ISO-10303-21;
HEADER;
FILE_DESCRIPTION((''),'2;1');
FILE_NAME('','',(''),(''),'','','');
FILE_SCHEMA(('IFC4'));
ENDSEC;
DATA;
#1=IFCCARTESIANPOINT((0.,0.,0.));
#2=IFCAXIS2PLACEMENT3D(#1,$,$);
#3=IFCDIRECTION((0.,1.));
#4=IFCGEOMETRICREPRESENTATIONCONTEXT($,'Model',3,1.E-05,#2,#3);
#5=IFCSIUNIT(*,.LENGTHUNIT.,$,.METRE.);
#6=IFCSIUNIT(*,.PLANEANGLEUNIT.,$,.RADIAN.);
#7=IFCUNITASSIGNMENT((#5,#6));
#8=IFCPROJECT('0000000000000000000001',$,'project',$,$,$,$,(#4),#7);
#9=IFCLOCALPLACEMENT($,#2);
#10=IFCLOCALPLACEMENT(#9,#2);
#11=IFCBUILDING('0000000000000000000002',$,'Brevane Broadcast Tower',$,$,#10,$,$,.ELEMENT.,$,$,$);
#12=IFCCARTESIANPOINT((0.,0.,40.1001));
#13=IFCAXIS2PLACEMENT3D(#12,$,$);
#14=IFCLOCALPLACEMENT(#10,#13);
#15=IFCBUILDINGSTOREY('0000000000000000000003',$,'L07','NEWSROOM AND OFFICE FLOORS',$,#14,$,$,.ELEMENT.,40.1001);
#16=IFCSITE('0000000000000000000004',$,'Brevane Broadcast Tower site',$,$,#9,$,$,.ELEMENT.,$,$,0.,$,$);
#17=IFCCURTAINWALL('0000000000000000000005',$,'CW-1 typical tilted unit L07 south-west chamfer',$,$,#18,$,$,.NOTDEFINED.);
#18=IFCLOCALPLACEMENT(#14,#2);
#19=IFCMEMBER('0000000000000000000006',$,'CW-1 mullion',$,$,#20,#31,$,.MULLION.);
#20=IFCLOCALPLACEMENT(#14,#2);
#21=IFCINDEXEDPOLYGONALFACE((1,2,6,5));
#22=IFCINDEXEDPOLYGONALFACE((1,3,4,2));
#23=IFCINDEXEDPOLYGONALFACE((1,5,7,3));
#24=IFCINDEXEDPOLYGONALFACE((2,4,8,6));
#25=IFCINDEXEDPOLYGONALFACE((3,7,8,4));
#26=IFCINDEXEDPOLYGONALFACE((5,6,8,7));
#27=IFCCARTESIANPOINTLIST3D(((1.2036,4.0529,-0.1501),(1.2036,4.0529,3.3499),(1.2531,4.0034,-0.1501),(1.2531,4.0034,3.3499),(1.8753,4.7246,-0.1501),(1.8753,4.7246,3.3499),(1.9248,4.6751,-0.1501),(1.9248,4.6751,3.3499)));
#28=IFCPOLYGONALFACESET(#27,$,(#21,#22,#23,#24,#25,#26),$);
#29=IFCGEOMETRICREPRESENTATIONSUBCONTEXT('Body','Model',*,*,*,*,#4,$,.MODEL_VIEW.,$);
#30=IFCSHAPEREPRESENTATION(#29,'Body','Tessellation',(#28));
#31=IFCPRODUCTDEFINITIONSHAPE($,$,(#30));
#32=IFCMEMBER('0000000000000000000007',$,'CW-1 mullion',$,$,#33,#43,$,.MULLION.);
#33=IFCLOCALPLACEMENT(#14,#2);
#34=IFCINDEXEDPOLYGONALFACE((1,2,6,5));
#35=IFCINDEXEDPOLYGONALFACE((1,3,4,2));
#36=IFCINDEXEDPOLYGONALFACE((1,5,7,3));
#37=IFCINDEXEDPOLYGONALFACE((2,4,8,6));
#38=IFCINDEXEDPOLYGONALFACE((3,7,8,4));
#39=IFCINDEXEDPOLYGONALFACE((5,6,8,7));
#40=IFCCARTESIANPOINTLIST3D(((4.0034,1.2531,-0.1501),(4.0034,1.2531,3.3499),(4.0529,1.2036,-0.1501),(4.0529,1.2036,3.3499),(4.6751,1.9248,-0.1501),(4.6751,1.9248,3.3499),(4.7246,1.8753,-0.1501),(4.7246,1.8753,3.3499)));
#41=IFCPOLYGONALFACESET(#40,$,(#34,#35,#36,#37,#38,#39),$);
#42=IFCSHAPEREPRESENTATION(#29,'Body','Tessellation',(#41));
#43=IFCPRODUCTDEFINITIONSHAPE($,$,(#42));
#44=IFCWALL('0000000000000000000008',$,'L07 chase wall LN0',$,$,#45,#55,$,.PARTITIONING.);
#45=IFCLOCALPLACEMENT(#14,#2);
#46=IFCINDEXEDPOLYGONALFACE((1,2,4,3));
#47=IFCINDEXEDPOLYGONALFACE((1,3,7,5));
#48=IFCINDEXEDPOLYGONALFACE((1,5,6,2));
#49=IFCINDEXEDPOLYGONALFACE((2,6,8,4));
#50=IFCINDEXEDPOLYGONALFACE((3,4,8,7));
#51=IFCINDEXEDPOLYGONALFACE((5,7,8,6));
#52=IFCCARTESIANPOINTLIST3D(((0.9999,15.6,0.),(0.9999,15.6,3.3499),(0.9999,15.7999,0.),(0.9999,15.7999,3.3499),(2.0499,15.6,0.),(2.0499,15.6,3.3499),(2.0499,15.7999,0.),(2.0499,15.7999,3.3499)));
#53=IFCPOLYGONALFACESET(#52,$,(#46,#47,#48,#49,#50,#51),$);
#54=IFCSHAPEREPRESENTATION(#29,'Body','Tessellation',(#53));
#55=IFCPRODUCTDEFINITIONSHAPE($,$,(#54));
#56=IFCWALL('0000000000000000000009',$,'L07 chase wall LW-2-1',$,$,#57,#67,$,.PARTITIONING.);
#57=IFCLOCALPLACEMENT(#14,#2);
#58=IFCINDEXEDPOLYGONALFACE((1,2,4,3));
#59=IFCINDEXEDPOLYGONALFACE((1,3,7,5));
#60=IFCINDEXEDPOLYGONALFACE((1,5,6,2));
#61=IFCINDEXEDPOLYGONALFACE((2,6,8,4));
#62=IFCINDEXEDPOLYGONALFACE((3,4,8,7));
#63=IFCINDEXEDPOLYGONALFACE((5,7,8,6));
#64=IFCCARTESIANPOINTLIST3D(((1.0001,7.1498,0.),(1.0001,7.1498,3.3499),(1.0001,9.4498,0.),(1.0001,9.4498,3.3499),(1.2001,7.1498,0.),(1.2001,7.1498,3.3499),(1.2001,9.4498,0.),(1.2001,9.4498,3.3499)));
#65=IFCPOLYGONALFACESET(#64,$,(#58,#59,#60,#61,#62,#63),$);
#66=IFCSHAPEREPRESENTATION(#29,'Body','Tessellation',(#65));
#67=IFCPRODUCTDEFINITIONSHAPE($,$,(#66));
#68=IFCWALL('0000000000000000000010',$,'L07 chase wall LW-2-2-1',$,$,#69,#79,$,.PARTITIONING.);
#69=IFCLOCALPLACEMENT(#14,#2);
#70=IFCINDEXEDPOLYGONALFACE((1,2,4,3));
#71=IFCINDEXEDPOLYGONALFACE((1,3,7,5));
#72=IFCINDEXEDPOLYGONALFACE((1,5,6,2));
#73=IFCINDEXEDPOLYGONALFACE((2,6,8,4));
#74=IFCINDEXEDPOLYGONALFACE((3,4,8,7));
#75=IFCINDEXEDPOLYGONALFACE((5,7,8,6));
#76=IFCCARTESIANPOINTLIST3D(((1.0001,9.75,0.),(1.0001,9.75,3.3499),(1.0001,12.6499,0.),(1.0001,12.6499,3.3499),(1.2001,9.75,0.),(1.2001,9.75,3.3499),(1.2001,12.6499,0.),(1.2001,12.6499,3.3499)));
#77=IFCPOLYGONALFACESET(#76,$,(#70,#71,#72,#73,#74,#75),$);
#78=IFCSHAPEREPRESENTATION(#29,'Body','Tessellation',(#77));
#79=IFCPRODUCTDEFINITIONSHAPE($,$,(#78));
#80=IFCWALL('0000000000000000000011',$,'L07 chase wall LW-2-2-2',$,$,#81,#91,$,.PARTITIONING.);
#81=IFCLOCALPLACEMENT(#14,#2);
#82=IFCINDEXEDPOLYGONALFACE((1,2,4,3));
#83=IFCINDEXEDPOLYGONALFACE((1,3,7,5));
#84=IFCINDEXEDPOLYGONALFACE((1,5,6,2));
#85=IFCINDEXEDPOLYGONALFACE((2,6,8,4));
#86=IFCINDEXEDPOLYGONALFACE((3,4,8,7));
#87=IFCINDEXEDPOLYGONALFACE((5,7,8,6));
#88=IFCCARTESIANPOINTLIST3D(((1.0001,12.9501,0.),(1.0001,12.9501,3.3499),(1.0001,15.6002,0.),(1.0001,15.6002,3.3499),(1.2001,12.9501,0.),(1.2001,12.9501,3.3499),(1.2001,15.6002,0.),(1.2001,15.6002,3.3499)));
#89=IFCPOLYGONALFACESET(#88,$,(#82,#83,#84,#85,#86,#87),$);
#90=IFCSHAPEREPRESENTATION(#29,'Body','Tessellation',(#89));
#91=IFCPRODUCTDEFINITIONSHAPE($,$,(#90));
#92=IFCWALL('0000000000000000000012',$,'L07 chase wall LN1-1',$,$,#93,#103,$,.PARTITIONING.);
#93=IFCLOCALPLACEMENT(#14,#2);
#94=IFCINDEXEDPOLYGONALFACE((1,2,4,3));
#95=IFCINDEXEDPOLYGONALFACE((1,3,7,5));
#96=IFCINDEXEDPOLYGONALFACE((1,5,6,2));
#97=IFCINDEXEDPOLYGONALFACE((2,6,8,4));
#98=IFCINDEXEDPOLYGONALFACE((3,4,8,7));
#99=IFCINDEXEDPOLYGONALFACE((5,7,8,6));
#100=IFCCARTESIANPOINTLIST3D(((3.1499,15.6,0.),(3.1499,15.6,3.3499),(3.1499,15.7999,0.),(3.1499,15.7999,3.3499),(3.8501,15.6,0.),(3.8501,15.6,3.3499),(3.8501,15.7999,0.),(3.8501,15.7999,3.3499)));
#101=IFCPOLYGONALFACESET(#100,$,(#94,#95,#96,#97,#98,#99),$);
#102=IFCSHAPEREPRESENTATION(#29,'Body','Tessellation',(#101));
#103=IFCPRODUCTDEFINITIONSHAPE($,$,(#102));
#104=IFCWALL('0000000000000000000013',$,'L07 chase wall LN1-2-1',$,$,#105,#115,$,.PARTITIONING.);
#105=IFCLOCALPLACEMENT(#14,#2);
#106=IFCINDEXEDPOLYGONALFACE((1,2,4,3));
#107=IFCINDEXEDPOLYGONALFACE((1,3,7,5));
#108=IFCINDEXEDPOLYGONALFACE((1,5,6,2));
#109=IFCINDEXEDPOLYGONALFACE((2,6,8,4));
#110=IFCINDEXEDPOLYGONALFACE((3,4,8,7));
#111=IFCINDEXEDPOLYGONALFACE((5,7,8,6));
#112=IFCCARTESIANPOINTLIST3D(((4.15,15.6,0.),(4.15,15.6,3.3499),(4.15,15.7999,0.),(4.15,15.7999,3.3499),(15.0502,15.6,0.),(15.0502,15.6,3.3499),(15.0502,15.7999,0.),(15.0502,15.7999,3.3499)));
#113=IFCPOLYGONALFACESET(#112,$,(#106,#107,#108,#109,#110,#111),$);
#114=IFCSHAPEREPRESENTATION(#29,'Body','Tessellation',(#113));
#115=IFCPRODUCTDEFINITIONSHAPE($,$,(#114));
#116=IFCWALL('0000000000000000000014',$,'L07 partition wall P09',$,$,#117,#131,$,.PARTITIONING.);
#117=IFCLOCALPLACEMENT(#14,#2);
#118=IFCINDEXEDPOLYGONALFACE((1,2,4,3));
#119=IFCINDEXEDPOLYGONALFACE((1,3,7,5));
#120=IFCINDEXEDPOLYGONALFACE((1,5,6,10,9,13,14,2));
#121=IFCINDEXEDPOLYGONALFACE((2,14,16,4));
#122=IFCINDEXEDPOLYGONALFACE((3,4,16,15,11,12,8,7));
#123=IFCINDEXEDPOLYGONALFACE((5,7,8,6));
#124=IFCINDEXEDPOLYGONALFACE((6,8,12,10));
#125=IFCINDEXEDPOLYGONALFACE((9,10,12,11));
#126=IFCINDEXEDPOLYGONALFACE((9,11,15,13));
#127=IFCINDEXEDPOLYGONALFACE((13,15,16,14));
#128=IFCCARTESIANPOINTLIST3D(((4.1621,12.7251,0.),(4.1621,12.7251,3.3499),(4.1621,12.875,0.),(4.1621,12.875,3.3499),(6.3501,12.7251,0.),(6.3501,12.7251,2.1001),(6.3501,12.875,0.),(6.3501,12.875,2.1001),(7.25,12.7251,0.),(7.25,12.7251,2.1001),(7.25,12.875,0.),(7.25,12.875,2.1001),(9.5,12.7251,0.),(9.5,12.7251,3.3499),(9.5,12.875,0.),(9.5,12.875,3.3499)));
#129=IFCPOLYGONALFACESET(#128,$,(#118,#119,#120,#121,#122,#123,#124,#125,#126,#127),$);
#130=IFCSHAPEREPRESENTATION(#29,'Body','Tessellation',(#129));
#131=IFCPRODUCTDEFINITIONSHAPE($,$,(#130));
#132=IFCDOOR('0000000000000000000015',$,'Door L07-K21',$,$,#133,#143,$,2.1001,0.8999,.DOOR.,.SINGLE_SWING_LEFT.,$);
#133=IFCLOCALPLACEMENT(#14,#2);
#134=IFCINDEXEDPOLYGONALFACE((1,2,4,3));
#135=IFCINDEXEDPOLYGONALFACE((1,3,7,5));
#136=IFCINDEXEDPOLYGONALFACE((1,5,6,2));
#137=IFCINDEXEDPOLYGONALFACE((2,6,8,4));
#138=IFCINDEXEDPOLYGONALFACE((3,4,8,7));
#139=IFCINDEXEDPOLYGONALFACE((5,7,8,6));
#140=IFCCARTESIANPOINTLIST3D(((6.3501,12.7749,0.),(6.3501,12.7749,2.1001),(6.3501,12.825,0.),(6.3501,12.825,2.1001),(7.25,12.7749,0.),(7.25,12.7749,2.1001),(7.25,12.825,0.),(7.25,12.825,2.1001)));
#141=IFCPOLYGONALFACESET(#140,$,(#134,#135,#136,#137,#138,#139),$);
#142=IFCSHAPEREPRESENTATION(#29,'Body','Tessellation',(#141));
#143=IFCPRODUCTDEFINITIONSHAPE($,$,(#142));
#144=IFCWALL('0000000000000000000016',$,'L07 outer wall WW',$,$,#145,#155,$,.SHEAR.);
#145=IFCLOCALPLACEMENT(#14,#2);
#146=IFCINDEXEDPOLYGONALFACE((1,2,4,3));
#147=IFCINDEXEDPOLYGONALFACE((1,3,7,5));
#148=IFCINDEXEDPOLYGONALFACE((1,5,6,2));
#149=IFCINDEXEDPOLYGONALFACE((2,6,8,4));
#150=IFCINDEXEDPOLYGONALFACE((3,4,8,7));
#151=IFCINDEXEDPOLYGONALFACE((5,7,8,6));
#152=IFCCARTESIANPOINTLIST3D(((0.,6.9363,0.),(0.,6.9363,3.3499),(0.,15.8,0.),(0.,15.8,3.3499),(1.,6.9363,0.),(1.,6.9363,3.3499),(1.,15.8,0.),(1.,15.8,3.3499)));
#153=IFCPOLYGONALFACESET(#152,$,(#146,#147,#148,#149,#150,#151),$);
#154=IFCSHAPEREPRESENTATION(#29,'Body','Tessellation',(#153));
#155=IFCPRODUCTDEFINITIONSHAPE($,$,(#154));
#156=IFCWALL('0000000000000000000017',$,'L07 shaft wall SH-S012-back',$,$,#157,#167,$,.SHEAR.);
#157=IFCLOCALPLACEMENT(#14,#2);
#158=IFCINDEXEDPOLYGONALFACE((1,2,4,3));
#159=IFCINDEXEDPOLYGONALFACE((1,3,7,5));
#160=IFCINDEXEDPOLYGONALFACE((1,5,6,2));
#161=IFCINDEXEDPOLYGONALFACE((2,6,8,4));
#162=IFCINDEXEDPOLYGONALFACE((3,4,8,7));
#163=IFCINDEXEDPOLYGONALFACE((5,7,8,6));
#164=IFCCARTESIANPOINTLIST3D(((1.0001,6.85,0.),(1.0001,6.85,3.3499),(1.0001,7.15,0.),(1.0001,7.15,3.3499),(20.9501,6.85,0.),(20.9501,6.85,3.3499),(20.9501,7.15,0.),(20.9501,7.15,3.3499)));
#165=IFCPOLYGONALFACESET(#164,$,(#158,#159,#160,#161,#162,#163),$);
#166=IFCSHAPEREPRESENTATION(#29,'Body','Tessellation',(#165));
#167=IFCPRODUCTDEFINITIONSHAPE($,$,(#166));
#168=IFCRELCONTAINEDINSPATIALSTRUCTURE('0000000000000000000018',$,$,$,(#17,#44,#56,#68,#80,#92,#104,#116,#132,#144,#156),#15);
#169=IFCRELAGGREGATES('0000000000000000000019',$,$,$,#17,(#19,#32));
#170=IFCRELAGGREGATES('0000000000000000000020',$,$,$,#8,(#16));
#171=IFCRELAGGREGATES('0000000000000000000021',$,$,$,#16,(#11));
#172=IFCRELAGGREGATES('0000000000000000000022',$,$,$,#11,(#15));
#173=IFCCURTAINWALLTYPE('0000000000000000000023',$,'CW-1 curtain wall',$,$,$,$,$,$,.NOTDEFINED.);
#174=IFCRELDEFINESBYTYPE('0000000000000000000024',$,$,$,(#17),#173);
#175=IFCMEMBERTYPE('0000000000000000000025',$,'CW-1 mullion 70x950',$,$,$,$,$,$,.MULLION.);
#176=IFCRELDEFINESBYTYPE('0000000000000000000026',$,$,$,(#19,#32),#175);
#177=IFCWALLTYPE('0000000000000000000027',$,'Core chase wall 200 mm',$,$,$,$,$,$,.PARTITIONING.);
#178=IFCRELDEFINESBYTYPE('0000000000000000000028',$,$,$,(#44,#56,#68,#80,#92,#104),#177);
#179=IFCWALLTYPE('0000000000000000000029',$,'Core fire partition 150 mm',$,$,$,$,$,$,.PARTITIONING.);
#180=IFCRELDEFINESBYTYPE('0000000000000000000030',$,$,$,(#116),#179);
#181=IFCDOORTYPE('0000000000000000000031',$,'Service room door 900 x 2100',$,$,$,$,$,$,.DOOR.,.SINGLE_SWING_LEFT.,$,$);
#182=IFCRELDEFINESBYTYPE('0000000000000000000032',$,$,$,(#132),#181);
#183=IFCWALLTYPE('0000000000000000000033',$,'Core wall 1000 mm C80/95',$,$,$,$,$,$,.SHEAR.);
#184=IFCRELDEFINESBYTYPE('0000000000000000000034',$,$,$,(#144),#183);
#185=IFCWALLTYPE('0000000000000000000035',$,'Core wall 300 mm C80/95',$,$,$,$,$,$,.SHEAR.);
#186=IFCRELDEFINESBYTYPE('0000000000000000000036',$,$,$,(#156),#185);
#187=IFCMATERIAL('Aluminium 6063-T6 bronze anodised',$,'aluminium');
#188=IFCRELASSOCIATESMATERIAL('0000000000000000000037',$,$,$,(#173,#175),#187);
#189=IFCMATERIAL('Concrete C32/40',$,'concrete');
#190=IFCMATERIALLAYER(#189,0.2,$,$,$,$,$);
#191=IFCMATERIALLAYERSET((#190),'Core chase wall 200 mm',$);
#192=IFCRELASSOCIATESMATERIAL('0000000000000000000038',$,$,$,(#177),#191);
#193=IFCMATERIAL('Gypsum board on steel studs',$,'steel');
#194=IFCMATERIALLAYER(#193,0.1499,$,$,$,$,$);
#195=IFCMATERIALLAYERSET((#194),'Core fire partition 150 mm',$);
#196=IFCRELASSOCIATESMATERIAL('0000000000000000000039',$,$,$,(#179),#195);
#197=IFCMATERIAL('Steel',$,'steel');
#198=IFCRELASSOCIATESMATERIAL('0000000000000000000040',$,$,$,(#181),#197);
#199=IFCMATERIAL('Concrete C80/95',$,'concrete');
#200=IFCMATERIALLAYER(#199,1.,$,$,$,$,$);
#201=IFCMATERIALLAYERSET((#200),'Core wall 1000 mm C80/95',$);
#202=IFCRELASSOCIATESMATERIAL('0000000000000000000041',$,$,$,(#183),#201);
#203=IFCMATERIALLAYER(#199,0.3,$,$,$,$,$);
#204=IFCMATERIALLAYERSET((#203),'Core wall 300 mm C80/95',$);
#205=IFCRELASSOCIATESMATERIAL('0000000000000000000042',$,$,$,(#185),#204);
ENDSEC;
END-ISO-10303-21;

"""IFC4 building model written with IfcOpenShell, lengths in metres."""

from ifc_helpers import new_model, si_unit, direction, frame, frame_2d, origin, origin_2d, place, context, subcontext, project, spatial, rectangle, extrude, material, layer, layer_set, material_profile, profile_set, type_object, element, fill, aggregate, save


model = new_model("IFC4")

# Units and contexts
model_context = context("Model", 3, precision=1e-05, world=origin(), true_north=direction((0.0, 1.0)))
body_context = subcontext(model_context, "Body", "Model", "MODEL_VIEW")
ifc_project = project(units=[si_unit("LENGTHUNIT", "METRE"), si_unit("PLANEANGLEUNIT", "RADIAN")], contexts=[model_context])

# Site, building, storey
site_placement = place(None, origin())
site = spatial("IfcSite", under=ifc_project, at=site_placement, Name="Brevane Broadcast Tower site", CompositionType="ELEMENT", RefElevation=0.0)
building_placement = place(site_placement, origin())
building = spatial("IfcBuilding", under=site, at=building_placement, Name="Brevane Broadcast Tower", CompositionType="ELEMENT")
storey_placement = place(building_placement, frame((0.0, 0.0, 40.1001)))
storey = spatial("IfcBuildingStorey", under=building, at=storey_placement, Name="L07", Description="NEWSROOM AND OFFICE FLOORS", CompositionType="ELEMENT", Elevation=40.1001)

# Curtain wall, members
ifc_material_1 = material(Name="Aluminium 6063-T6 bronze anodised", Category="aluminium")
curtain_wall_type = type_object("IfcCurtainWallType", Name="CW-1 curtain wall", PredefinedType="NOTDEFINED", material=ifc_material_1)
curtain_wall_placement = place(storey_placement, origin())
curtain_wall = element("IfcCurtainWall", 1, at=curtain_wall_placement, inside=storey, type_object=curtain_wall_type, Name="CW-1 typical tilted unit L07 south-west chamfer", PredefinedType="NOTDEFINED")
ifc_material_profile = material_profile(ifc_material_1, rectangle(XDim=0.95, YDim=0.0701, at=origin_2d()), Name="RECT 70x950")
ifc_profile_set = profile_set([ifc_material_profile], Name="Aluminium 6063-T6 bronze anodised")
member_type = type_object("IfcMemberType", Name="CW-1 mullion 70x950", PredefinedType="MULLION", material=ifc_profile_set)
member_1_placement = place(storey_placement, frame((1.5642, 4.364, -0.1501), z_axis=(0.0, 0.0, 1.0), x_axis=(0.707107, 0.707107, 0.0)))
member_1 = element("IfcMember", 2, at=member_1_placement, type_object=member_type, Name="CW-1 mullion", PredefinedType="MULLION", context=body_context, shape_type="SweptSolid", body=[
    extrude(rectangle(XDim=0.95, YDim=0.0701, at=origin_2d()), origin(), (0.0, 0.0, 1.0), 3.5),
])
member_2_placement = place(storey_placement, frame((4.364, 1.5642, -0.1501), z_axis=(0.0, 0.0, 1.0), x_axis=(0.707107, 0.707107, 0.0)))
member_2 = element("IfcMember", 3, at=member_2_placement, type_object=member_type, Name="CW-1 mullion", PredefinedType="MULLION", context=body_context, shape_type="SweptSolid", body=[
    extrude(rectangle(XDim=0.95, YDim=0.0701, at=origin_2d()), origin(), (0.0, 0.0, 1.0), 3.5),
])
aggregate(curtain_wall, [member_1, member_2])

# Walls
ifc_material_2 = material(Name="Concrete C32/40", Category="concrete")
ifc_layer_1 = layer(ifc_material_2, 0.2)
ifc_layer_set_1 = layer_set([ifc_layer_1], Name="Core chase wall 200 mm")
wall_type_1 = type_object("IfcWallType", Name="Core chase wall 200 mm", PredefinedType="PARTITIONING", material=ifc_layer_set_1)
wall_1_placement = place(storey_placement, frame((1.0, 15.7, 0.0), z_axis=(0.0, 0.0, 1.0), x_axis=(1.0, 0.0, 0.0)))
element("IfcWall", 4, at=wall_1_placement, inside=storey, type_object=wall_type_1, Name="L07 chase wall LN0", PredefinedType="PARTITIONING", context=body_context, shape_type="SweptSolid", body=[
    extrude(rectangle(XDim=1.05, YDim=0.2, at=frame_2d((0.5249, 0.0))), origin(), (0.0, 0.0, 1.0), 3.3499),
])
wall_2_placement = place(storey_placement, frame((1.1001, 7.1499, 0.0), z_axis=(0.0, 0.0, 1.0), x_axis=(0.0, 1.0, 0.0)))
element("IfcWall", 5, at=wall_2_placement, inside=storey, type_object=wall_type_1, Name="L07 chase wall LW-2-1", PredefinedType="PARTITIONING", context=body_context, shape_type="SweptSolid", body=[
    extrude(rectangle(XDim=2.3, YDim=0.2, at=frame_2d((1.1499, 0.0))), origin(), (0.0, 0.0, 1.0), 3.3499),
])
wall_3_placement = place(storey_placement, frame((1.1001, 9.75, 0.0), z_axis=(0.0, 0.0, 1.0), x_axis=(0.0, 1.0, 0.0)))
element("IfcWall", 6, at=wall_3_placement, inside=storey, type_object=wall_type_1, Name="L07 chase wall LW-2-2-1", PredefinedType="PARTITIONING", context=body_context, shape_type="SweptSolid", body=[
    extrude(rectangle(XDim=2.8999, YDim=0.2, at=frame_2d((1.45, 0.0))), origin(), (0.0, 0.0, 1.0), 3.3499),
])
wall_4_placement = place(storey_placement, frame((1.1001, 12.95, 0.0), z_axis=(0.0, 0.0, 1.0), x_axis=(0.0, 1.0, 0.0)))
element("IfcWall", 7, at=wall_4_placement, inside=storey, type_object=wall_type_1, Name="L07 chase wall LW-2-2-2", PredefinedType="PARTITIONING", context=body_context, shape_type="SweptSolid", body=[
    extrude(rectangle(XDim=2.6501, YDim=0.2, at=frame_2d((1.3252, 0.0))), origin(), (0.0, 0.0, 1.0), 3.3499),
])
wall_5_placement = place(storey_placement, frame((3.1499, 15.7, 0.0), z_axis=(0.0, 0.0, 1.0), x_axis=(1.0, 0.0, 0.0)))
element("IfcWall", 8, at=wall_5_placement, inside=storey, type_object=wall_type_1, Name="L07 chase wall LN1-1", PredefinedType="PARTITIONING", context=body_context, shape_type="SweptSolid", body=[
    extrude(rectangle(XDim=0.7002, YDim=0.2, at=frame_2d((0.3501, 0.0))), origin(), (0.0, 0.0, 1.0), 3.3499),
])
wall_6_placement = place(storey_placement, frame((4.1499, 15.7, 0.0), z_axis=(0.0, 0.0, 1.0), x_axis=(1.0, 0.0, 0.0)))
element("IfcWall", 9, at=wall_6_placement, inside=storey, type_object=wall_type_1, Name="L07 chase wall LN1-2-1", PredefinedType="PARTITIONING", context=body_context, shape_type="SweptSolid", body=[
    extrude(rectangle(XDim=10.9001, YDim=0.2, at=frame_2d((5.4502, 0.0))), origin(), (0.0, 0.0, 1.0), 3.3499),
])

# Wall, opening, door
ifc_material_3 = material(Name="Gypsum board on steel studs", Category="steel")
ifc_layer_2 = layer(ifc_material_3, 0.1499)
ifc_layer_set_2 = layer_set([ifc_layer_2], Name="Core fire partition 150 mm")
wall_type_2 = type_object("IfcWallType", Name="Core fire partition 150 mm", PredefinedType="PARTITIONING", material=ifc_layer_set_2)
wall_7_placement = place(storey_placement, frame((4.1621, 12.8, 0.0), z_axis=(0.0, 0.0, 1.0), x_axis=(1.0, 0.0, 0.0)))
wall_7 = element("IfcWall", 10, at=wall_7_placement, inside=storey, type_object=wall_type_2, Name="L07 partition wall P09", PredefinedType="PARTITIONING", context=body_context, shape_type="SweptSolid", body=[
    extrude(rectangle(XDim=5.3379, YDim=0.1499, at=frame_2d((2.6689, 0.0))), origin(), (0.0, 0.0, 1.0), 3.3499),
])
opening_1_placement = place(wall_7_placement, frame((2.188, 0.0, 0.0)))
opening_1 = element("IfcOpeningElement", 11, at=opening_1_placement, cuts=wall_7, PredefinedType="OPENING", context=body_context, shape_type="SweptSolid", body=[
    extrude(rectangle(XDim=0.8999, YDim=2.1001, at=frame_2d((0.45, 1.05))), frame((0.0, 0.085, 0.0), z_axis=(0.0, -1.0, 0.0), x_axis=(1.0, 0.0, 0.0)), (0.0, 0.0, 1.0), 0.1699),
])
ifc_material_4 = material(Name="Steel", Category="steel")
door_type_1 = type_object("IfcDoorType", Name="Service room door 900 x 2100", OperationType="SINGLE_SWING_LEFT", PredefinedType="DOOR", material=ifc_material_4)
door_1_placement = place(opening_1_placement, origin())
door_1 = element("IfcDoor", 12, at=door_1_placement, inside=storey, type_object=door_type_1, Name="Door L07-K21", OperationType="SINGLE_SWING_LEFT", OverallHeight=2.1001, OverallWidth=0.8999, PredefinedType="DOOR", context=body_context, shape_type="SweptSolid", body=[
    extrude(rectangle(XDim=0.8999, YDim=2.1001, at=frame_2d((0.45, 1.05))), frame((0.0, 0.0249, 0.0), z_axis=(0.0, -1.0, 0.0), x_axis=(1.0, 0.0, 0.0)), (0.0, 0.0, 1.0), 0.05),
])
fill(opening_1, door_1)

# Walls
ifc_material_5 = material(Name="Concrete C80/95", Category="concrete")
ifc_layer_3 = layer(ifc_material_5, 1.0)
ifc_layer_set_3 = layer_set([ifc_layer_3], Name="Core wall 1000 mm C80/95")
wall_type_3 = type_object("IfcWallType", Name="Core wall 1000 mm C80/95", PredefinedType="SHEAR", material=ifc_layer_set_3)
wall_8_placement = place(storey_placement, frame((0.5, 6.9363, 0.0), z_axis=(0.0, 0.0, 1.0), x_axis=(0.0, 1.0, 0.0)))
element("IfcWall", 13, at=wall_8_placement, inside=storey, type_object=wall_type_3, Name="L07 outer wall WW", PredefinedType="SHEAR", context=body_context, shape_type="SweptSolid", body=[
    extrude(rectangle(XDim=8.8638, YDim=1.0, at=frame_2d((4.4319, 0.0))), origin(), (0.0, 0.0, 1.0), 3.3499),
])
ifc_layer_4 = layer(ifc_material_5, 0.3)
ifc_layer_set_4 = layer_set([ifc_layer_4], Name="Core wall 300 mm C80/95")
wall_type_4 = type_object("IfcWallType", Name="Core wall 300 mm C80/95", PredefinedType="SHEAR", material=ifc_layer_set_4)
wall_9_placement = place(storey_placement, frame((1.0, 7.0, 0.0), z_axis=(0.0, 0.0, 1.0), x_axis=(1.0, 0.0, 0.0)))
element("IfcWall", 14, at=wall_9_placement, inside=storey, type_object=wall_type_4, Name="L07 shaft wall SH-S012-back", PredefinedType="SHEAR", context=body_context, shape_type="SweptSolid", body=[
    extrude(rectangle(XDim=19.95, YDim=0.3, at=frame_2d((9.9751, 0.0))), origin(), (0.0, 0.0, 1.0), 3.3499),
])

save(model, "model.ifc")
